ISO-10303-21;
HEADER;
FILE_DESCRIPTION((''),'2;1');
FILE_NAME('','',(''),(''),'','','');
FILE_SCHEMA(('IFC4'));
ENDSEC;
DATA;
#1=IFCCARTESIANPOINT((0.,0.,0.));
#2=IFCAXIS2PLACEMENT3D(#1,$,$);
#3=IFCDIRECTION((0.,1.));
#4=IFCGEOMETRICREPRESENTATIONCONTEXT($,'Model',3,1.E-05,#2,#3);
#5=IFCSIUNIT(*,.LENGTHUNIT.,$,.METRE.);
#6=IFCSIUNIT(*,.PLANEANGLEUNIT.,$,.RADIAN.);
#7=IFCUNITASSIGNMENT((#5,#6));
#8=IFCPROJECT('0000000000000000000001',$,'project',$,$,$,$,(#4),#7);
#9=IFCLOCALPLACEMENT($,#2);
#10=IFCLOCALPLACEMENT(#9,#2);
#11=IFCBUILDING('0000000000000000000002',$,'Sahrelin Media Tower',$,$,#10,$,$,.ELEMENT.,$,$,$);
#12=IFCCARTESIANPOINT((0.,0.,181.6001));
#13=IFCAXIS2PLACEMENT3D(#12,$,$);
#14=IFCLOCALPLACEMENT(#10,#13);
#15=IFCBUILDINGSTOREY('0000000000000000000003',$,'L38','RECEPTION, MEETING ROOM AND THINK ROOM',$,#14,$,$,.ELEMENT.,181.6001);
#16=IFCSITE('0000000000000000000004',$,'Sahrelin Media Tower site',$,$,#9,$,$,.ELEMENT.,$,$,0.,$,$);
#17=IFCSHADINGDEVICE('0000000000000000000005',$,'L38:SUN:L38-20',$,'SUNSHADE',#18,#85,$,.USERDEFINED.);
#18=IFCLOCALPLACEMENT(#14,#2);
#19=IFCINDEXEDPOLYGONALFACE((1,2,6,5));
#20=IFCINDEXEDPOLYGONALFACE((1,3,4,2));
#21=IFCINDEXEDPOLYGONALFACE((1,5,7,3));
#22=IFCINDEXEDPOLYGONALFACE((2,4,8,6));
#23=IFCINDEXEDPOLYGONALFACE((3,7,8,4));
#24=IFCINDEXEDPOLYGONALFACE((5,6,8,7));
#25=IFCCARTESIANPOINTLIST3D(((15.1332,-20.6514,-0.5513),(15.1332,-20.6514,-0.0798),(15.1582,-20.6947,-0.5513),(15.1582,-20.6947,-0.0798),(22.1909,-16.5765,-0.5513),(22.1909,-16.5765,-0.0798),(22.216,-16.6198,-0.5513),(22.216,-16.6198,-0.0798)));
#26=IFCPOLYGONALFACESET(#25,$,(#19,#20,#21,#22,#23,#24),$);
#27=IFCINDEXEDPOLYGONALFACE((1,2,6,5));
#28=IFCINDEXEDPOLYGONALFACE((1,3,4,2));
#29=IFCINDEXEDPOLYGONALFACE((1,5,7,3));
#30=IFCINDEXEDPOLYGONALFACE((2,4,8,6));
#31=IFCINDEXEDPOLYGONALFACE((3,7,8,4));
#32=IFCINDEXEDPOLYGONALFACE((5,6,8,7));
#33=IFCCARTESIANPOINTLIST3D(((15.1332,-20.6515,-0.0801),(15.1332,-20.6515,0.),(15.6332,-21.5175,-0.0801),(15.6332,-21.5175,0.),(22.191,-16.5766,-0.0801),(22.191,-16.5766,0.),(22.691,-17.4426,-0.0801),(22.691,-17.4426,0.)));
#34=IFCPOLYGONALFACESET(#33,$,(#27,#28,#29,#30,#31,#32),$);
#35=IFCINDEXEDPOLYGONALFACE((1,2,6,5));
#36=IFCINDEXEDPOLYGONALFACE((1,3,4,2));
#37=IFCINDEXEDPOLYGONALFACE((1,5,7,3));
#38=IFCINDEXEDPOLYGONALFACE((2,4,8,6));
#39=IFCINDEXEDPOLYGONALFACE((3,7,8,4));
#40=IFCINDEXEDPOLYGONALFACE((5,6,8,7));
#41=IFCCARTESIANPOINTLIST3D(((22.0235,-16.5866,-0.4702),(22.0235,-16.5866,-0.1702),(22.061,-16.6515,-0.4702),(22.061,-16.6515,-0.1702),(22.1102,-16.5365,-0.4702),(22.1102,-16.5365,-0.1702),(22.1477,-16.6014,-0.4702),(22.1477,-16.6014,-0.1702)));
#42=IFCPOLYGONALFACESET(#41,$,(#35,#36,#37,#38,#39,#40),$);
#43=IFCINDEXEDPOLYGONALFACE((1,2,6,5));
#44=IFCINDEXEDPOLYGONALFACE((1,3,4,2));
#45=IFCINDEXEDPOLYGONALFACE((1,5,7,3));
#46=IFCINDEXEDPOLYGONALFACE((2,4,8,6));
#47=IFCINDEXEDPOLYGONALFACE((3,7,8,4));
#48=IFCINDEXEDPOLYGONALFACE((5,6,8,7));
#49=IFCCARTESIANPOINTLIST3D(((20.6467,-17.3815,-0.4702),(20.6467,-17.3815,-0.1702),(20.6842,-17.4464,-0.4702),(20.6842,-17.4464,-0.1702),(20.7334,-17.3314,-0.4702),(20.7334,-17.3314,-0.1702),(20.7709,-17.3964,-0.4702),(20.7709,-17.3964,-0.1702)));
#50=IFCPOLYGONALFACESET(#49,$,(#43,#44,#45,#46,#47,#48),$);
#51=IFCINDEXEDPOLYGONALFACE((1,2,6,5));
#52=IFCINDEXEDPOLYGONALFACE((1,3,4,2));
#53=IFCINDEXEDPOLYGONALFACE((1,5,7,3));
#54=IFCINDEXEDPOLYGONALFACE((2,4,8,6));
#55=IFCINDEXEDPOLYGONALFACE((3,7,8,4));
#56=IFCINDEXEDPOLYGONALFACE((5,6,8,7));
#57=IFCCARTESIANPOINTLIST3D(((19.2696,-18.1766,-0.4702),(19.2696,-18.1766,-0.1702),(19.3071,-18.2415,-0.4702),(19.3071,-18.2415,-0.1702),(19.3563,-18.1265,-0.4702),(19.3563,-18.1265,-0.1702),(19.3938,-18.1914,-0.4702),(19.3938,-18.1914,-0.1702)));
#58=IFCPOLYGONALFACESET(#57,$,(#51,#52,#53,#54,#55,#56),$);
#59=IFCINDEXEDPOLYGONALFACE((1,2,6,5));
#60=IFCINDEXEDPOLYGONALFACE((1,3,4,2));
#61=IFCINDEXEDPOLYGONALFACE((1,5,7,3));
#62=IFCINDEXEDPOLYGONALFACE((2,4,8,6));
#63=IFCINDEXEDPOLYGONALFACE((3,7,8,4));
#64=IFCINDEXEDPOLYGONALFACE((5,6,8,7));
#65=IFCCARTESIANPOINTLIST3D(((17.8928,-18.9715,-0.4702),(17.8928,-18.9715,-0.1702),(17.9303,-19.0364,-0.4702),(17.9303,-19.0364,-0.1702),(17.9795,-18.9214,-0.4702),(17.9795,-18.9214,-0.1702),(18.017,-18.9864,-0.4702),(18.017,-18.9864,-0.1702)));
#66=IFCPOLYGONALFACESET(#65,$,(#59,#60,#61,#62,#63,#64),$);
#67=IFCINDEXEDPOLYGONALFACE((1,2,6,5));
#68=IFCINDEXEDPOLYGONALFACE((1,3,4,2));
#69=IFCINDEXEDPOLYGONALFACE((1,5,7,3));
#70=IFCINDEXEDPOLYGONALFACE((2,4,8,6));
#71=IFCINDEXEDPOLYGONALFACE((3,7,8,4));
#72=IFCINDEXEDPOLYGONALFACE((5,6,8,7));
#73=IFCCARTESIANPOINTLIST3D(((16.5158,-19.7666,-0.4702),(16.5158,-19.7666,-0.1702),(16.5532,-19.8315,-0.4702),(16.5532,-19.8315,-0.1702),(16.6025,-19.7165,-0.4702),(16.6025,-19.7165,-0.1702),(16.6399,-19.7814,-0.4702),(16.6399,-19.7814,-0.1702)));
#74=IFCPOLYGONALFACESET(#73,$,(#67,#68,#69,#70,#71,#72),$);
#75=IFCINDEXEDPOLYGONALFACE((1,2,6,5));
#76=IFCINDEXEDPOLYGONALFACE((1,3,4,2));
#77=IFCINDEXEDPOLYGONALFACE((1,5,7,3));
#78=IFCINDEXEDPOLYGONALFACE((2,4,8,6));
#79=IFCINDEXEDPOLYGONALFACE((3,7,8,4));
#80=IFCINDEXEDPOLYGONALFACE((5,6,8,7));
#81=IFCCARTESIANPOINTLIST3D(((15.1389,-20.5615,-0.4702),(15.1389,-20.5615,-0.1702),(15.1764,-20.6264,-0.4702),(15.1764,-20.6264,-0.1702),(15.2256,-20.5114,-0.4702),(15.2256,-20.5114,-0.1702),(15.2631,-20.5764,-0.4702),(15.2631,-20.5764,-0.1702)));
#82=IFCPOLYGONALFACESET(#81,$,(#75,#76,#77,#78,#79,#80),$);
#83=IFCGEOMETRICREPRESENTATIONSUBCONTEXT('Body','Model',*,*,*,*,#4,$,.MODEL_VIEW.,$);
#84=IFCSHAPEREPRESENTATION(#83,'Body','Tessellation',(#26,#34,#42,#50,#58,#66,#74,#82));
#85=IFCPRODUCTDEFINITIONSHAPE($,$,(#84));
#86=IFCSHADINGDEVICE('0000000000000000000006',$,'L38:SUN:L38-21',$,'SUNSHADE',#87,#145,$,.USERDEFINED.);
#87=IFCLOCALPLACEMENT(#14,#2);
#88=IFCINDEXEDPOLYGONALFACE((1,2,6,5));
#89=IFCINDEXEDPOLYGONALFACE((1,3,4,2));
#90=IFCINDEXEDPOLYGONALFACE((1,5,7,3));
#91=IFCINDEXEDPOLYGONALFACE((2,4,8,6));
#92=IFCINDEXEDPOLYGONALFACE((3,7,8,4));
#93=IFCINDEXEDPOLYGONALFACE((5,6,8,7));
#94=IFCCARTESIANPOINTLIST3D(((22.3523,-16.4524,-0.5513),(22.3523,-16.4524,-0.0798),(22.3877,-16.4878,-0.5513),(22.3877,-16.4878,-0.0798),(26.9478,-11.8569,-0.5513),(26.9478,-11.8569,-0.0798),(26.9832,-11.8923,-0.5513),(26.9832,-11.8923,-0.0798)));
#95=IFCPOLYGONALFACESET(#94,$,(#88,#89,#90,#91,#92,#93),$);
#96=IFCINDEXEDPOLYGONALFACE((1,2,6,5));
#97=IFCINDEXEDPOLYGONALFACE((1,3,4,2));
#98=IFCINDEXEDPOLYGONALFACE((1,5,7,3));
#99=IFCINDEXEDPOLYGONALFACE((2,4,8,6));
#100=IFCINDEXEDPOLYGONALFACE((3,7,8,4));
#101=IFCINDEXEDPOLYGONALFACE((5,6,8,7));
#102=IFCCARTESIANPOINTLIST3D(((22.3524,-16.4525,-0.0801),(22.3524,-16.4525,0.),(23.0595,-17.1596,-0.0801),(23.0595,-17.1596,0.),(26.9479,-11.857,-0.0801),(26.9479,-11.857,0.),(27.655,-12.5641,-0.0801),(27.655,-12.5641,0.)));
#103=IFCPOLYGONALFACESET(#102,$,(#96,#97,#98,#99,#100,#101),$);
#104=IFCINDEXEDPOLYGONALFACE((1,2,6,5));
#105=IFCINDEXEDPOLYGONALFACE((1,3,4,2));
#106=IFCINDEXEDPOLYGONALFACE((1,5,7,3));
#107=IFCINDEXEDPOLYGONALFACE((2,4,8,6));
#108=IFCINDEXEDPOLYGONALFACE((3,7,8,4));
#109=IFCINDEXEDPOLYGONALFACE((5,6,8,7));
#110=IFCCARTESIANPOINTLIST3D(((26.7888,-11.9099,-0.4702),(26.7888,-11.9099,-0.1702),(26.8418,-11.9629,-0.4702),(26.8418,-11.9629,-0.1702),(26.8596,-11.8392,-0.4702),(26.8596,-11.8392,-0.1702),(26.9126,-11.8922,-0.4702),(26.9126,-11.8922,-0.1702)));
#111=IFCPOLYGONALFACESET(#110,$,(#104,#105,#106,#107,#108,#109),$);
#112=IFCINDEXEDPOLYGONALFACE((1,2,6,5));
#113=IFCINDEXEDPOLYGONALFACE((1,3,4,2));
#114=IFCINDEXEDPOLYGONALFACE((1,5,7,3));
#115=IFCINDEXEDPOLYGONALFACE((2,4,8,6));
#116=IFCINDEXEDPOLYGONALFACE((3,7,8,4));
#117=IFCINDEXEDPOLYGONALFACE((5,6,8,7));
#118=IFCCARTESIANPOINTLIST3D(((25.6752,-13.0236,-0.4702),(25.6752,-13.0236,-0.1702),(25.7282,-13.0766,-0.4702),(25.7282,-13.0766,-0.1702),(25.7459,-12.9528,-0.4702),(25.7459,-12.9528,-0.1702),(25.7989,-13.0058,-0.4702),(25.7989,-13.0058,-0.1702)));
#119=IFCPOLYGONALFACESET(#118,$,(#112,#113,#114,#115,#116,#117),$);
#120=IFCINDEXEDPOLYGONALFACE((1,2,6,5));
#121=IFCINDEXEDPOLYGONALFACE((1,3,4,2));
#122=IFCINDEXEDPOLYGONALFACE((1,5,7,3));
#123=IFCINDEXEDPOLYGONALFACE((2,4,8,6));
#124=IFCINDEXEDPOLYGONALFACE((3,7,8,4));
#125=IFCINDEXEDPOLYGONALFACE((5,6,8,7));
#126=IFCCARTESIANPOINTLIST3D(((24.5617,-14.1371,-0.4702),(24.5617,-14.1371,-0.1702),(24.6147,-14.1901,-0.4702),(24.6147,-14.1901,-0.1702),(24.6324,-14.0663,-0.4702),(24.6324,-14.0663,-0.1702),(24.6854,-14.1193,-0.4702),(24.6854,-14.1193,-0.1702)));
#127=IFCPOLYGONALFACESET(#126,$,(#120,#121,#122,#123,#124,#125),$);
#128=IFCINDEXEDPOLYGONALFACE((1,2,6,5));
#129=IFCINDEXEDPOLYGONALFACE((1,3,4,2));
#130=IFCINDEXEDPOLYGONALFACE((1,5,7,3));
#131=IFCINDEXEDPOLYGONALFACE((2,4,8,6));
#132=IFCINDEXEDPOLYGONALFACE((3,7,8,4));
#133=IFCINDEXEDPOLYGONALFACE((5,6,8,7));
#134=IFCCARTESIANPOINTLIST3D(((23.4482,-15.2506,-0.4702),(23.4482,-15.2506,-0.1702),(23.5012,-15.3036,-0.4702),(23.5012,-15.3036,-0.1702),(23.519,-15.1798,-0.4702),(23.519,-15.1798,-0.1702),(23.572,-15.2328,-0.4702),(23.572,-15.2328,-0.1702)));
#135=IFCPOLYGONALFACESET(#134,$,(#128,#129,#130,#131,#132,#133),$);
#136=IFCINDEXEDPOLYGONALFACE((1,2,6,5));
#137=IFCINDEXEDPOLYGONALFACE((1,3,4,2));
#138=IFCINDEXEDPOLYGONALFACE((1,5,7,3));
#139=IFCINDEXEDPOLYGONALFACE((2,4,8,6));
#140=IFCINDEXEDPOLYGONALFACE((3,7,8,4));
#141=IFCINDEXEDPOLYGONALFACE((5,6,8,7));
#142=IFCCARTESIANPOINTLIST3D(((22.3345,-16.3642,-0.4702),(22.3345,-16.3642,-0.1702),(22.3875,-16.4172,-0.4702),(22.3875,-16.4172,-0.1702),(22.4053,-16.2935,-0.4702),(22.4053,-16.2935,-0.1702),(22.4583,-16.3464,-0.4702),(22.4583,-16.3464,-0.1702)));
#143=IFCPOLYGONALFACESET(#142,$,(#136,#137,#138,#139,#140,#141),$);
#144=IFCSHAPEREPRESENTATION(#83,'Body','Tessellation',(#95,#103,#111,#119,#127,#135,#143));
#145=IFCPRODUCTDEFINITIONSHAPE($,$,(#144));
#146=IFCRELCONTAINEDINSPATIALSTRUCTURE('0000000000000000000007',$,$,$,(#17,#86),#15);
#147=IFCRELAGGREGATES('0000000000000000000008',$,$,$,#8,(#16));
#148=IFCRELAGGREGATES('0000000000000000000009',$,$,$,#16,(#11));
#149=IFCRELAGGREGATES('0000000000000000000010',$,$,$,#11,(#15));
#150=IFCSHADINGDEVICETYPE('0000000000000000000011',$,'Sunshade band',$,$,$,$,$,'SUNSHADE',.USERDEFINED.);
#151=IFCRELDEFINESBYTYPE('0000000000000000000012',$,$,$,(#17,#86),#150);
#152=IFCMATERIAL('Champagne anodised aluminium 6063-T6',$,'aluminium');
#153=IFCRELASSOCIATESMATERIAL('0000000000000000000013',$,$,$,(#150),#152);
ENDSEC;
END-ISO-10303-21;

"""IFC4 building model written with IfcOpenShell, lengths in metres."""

from ifc_helpers import new_model, si_unit, direction, frame, origin, origin_2d, place, context, subcontext, project, spatial, rectangle, extrude, material, type_object, element, save


model = new_model("IFC4")

# Units and contexts
model_context = context("Model", 3, precision=1e-05, world=origin(), true_north=direction((0.0, 1.0)))
body_context = subcontext(model_context, "Body", "Model", "MODEL_VIEW")
ifc_project = project(units=[si_unit("LENGTHUNIT", "METRE"), si_unit("PLANEANGLEUNIT", "RADIAN")], contexts=[model_context])

# Site, building, storey
site_placement = place(None, origin())
site = spatial("IfcSite", under=ifc_project, at=site_placement, Name="Sahrelin Media Tower site", CompositionType="ELEMENT", RefElevation=0.0)
building_placement = place(site_placement, origin())
building = spatial("IfcBuilding", under=site, at=building_placement, Name="Sahrelin Media Tower", CompositionType="ELEMENT")
storey_placement = place(building_placement, frame((0.0, 0.0, 181.6001)))
storey = spatial("IfcBuildingStorey", under=building, at=storey_placement, Name="L38", Description="RECEPTION, MEETING ROOM AND THINK ROOM", CompositionType="ELEMENT", Elevation=181.6001)

# Shared definitions
ifc_material_1 = material(Name="Champagne anodised aluminium 6063-T6", Category="aluminium")

# Shading devices
placement_1 = place(storey_placement, frame((18.6521, -18.5967, 0.0), z_axis=(0.0, 0.0, 1.0), x_axis=(-0.866019, -0.500011, 0.0)))
placement_2 = place(storey_placement, frame((24.636, -14.1406, 0.0), z_axis=(0.0, 0.0, 1.0), x_axis=(-0.707107, -0.707107, 0.0)))
shading_device_type_1 = type_object("IfcShadingDeviceType", Name="Sunshade band", ElementType="SUNSHADE", PredefinedType="USERDEFINED", material=ifc_material_1)
element("IfcShadingDevice", 1, at=placement_1, inside=storey, type_object=shading_device_type_1, Name="L38:SUN:L38-20", ObjectType="SUNSHADE", PredefinedType="USERDEFINED", context=body_context, shape_type="SweptSolid", body=[
    extrude(rectangle(XDim=8.1497, YDim=0.05, at=origin_2d()), frame((0.0, 0.0449, -0.5513)), (0.0, 0.0, 1.0), 0.4714),
    extrude(rectangle(XDim=8.1497, YDim=1.0, at=origin_2d()), frame((0.0, 0.52, -0.0801)), (0.0, 0.0, 1.0), 0.0801),
    extrude(rectangle(XDim=0.1001, YDim=0.075, at=origin_2d()), frame((-3.9749, -0.0176, -0.4702)), (0.0, 0.0, 1.0), 0.3),
    extrude(rectangle(XDim=0.1001, YDim=0.075, at=origin_2d()), frame((-2.385, -0.0176, -0.4702)), (0.0, 0.0, 1.0), 0.3),
    extrude(rectangle(XDim=0.1001, YDim=0.075, at=origin_2d()), frame((-0.7949, -0.0176, -0.4702)), (0.0, 0.0, 1.0), 0.3),
    extrude(rectangle(XDim=0.1001, YDim=0.075, at=origin_2d()), frame((0.7949, -0.0176, -0.4702)), (0.0, 0.0, 1.0), 0.3),
    extrude(rectangle(XDim=0.1001, YDim=0.075, at=origin_2d()), frame((2.385, -0.0176, -0.4702)), (0.0, 0.0, 1.0), 0.3),
    extrude(rectangle(XDim=0.1001, YDim=0.075, at=origin_2d()), frame((3.9749, -0.0176, -0.4702)), (0.0, 0.0, 1.0), 0.3),
])
element("IfcShadingDevice", 2, at=placement_2, inside=storey, type_object=shading_device_type_1, Name="L38:SUN:L38-21", ObjectType="SUNSHADE", PredefinedType="USERDEFINED", context=body_context, shape_type="SweptSolid", body=[
    extrude(rectangle(XDim=6.499, YDim=0.05, at=origin_2d()), frame((0.0, 0.0449, -0.5513)), (0.0, 0.0, 1.0), 0.4714),
    extrude(rectangle(XDim=6.499, YDim=1.0, at=origin_2d()), frame((0.0, 0.52, -0.0801)), (0.0, 0.0, 1.0), 0.0801),
    extrude(rectangle(XDim=0.1001, YDim=0.075, at=origin_2d()), frame((-3.1497, -0.0176, -0.4702)), (0.0, 0.0, 1.0), 0.3),
    extrude(rectangle(XDim=0.1001, YDim=0.075, at=origin_2d()), frame((-1.5747, -0.0176, -0.4702)), (0.0, 0.0, 1.0), 0.3),
    extrude(rectangle(XDim=0.1001, YDim=0.075, at=origin_2d()), frame((0.0, -0.0176, -0.4702)), (0.0, 0.0, 1.0), 0.3),
    extrude(rectangle(XDim=0.1001, YDim=0.075, at=origin_2d()), frame((1.5747, -0.0176, -0.4702)), (0.0, 0.0, 1.0), 0.3),
    extrude(rectangle(XDim=0.1001, YDim=0.075, at=origin_2d()), frame((3.1497, -0.0176, -0.4702)), (0.0, 0.0, 1.0), 0.3),
])

save(model, "model.ifc")
